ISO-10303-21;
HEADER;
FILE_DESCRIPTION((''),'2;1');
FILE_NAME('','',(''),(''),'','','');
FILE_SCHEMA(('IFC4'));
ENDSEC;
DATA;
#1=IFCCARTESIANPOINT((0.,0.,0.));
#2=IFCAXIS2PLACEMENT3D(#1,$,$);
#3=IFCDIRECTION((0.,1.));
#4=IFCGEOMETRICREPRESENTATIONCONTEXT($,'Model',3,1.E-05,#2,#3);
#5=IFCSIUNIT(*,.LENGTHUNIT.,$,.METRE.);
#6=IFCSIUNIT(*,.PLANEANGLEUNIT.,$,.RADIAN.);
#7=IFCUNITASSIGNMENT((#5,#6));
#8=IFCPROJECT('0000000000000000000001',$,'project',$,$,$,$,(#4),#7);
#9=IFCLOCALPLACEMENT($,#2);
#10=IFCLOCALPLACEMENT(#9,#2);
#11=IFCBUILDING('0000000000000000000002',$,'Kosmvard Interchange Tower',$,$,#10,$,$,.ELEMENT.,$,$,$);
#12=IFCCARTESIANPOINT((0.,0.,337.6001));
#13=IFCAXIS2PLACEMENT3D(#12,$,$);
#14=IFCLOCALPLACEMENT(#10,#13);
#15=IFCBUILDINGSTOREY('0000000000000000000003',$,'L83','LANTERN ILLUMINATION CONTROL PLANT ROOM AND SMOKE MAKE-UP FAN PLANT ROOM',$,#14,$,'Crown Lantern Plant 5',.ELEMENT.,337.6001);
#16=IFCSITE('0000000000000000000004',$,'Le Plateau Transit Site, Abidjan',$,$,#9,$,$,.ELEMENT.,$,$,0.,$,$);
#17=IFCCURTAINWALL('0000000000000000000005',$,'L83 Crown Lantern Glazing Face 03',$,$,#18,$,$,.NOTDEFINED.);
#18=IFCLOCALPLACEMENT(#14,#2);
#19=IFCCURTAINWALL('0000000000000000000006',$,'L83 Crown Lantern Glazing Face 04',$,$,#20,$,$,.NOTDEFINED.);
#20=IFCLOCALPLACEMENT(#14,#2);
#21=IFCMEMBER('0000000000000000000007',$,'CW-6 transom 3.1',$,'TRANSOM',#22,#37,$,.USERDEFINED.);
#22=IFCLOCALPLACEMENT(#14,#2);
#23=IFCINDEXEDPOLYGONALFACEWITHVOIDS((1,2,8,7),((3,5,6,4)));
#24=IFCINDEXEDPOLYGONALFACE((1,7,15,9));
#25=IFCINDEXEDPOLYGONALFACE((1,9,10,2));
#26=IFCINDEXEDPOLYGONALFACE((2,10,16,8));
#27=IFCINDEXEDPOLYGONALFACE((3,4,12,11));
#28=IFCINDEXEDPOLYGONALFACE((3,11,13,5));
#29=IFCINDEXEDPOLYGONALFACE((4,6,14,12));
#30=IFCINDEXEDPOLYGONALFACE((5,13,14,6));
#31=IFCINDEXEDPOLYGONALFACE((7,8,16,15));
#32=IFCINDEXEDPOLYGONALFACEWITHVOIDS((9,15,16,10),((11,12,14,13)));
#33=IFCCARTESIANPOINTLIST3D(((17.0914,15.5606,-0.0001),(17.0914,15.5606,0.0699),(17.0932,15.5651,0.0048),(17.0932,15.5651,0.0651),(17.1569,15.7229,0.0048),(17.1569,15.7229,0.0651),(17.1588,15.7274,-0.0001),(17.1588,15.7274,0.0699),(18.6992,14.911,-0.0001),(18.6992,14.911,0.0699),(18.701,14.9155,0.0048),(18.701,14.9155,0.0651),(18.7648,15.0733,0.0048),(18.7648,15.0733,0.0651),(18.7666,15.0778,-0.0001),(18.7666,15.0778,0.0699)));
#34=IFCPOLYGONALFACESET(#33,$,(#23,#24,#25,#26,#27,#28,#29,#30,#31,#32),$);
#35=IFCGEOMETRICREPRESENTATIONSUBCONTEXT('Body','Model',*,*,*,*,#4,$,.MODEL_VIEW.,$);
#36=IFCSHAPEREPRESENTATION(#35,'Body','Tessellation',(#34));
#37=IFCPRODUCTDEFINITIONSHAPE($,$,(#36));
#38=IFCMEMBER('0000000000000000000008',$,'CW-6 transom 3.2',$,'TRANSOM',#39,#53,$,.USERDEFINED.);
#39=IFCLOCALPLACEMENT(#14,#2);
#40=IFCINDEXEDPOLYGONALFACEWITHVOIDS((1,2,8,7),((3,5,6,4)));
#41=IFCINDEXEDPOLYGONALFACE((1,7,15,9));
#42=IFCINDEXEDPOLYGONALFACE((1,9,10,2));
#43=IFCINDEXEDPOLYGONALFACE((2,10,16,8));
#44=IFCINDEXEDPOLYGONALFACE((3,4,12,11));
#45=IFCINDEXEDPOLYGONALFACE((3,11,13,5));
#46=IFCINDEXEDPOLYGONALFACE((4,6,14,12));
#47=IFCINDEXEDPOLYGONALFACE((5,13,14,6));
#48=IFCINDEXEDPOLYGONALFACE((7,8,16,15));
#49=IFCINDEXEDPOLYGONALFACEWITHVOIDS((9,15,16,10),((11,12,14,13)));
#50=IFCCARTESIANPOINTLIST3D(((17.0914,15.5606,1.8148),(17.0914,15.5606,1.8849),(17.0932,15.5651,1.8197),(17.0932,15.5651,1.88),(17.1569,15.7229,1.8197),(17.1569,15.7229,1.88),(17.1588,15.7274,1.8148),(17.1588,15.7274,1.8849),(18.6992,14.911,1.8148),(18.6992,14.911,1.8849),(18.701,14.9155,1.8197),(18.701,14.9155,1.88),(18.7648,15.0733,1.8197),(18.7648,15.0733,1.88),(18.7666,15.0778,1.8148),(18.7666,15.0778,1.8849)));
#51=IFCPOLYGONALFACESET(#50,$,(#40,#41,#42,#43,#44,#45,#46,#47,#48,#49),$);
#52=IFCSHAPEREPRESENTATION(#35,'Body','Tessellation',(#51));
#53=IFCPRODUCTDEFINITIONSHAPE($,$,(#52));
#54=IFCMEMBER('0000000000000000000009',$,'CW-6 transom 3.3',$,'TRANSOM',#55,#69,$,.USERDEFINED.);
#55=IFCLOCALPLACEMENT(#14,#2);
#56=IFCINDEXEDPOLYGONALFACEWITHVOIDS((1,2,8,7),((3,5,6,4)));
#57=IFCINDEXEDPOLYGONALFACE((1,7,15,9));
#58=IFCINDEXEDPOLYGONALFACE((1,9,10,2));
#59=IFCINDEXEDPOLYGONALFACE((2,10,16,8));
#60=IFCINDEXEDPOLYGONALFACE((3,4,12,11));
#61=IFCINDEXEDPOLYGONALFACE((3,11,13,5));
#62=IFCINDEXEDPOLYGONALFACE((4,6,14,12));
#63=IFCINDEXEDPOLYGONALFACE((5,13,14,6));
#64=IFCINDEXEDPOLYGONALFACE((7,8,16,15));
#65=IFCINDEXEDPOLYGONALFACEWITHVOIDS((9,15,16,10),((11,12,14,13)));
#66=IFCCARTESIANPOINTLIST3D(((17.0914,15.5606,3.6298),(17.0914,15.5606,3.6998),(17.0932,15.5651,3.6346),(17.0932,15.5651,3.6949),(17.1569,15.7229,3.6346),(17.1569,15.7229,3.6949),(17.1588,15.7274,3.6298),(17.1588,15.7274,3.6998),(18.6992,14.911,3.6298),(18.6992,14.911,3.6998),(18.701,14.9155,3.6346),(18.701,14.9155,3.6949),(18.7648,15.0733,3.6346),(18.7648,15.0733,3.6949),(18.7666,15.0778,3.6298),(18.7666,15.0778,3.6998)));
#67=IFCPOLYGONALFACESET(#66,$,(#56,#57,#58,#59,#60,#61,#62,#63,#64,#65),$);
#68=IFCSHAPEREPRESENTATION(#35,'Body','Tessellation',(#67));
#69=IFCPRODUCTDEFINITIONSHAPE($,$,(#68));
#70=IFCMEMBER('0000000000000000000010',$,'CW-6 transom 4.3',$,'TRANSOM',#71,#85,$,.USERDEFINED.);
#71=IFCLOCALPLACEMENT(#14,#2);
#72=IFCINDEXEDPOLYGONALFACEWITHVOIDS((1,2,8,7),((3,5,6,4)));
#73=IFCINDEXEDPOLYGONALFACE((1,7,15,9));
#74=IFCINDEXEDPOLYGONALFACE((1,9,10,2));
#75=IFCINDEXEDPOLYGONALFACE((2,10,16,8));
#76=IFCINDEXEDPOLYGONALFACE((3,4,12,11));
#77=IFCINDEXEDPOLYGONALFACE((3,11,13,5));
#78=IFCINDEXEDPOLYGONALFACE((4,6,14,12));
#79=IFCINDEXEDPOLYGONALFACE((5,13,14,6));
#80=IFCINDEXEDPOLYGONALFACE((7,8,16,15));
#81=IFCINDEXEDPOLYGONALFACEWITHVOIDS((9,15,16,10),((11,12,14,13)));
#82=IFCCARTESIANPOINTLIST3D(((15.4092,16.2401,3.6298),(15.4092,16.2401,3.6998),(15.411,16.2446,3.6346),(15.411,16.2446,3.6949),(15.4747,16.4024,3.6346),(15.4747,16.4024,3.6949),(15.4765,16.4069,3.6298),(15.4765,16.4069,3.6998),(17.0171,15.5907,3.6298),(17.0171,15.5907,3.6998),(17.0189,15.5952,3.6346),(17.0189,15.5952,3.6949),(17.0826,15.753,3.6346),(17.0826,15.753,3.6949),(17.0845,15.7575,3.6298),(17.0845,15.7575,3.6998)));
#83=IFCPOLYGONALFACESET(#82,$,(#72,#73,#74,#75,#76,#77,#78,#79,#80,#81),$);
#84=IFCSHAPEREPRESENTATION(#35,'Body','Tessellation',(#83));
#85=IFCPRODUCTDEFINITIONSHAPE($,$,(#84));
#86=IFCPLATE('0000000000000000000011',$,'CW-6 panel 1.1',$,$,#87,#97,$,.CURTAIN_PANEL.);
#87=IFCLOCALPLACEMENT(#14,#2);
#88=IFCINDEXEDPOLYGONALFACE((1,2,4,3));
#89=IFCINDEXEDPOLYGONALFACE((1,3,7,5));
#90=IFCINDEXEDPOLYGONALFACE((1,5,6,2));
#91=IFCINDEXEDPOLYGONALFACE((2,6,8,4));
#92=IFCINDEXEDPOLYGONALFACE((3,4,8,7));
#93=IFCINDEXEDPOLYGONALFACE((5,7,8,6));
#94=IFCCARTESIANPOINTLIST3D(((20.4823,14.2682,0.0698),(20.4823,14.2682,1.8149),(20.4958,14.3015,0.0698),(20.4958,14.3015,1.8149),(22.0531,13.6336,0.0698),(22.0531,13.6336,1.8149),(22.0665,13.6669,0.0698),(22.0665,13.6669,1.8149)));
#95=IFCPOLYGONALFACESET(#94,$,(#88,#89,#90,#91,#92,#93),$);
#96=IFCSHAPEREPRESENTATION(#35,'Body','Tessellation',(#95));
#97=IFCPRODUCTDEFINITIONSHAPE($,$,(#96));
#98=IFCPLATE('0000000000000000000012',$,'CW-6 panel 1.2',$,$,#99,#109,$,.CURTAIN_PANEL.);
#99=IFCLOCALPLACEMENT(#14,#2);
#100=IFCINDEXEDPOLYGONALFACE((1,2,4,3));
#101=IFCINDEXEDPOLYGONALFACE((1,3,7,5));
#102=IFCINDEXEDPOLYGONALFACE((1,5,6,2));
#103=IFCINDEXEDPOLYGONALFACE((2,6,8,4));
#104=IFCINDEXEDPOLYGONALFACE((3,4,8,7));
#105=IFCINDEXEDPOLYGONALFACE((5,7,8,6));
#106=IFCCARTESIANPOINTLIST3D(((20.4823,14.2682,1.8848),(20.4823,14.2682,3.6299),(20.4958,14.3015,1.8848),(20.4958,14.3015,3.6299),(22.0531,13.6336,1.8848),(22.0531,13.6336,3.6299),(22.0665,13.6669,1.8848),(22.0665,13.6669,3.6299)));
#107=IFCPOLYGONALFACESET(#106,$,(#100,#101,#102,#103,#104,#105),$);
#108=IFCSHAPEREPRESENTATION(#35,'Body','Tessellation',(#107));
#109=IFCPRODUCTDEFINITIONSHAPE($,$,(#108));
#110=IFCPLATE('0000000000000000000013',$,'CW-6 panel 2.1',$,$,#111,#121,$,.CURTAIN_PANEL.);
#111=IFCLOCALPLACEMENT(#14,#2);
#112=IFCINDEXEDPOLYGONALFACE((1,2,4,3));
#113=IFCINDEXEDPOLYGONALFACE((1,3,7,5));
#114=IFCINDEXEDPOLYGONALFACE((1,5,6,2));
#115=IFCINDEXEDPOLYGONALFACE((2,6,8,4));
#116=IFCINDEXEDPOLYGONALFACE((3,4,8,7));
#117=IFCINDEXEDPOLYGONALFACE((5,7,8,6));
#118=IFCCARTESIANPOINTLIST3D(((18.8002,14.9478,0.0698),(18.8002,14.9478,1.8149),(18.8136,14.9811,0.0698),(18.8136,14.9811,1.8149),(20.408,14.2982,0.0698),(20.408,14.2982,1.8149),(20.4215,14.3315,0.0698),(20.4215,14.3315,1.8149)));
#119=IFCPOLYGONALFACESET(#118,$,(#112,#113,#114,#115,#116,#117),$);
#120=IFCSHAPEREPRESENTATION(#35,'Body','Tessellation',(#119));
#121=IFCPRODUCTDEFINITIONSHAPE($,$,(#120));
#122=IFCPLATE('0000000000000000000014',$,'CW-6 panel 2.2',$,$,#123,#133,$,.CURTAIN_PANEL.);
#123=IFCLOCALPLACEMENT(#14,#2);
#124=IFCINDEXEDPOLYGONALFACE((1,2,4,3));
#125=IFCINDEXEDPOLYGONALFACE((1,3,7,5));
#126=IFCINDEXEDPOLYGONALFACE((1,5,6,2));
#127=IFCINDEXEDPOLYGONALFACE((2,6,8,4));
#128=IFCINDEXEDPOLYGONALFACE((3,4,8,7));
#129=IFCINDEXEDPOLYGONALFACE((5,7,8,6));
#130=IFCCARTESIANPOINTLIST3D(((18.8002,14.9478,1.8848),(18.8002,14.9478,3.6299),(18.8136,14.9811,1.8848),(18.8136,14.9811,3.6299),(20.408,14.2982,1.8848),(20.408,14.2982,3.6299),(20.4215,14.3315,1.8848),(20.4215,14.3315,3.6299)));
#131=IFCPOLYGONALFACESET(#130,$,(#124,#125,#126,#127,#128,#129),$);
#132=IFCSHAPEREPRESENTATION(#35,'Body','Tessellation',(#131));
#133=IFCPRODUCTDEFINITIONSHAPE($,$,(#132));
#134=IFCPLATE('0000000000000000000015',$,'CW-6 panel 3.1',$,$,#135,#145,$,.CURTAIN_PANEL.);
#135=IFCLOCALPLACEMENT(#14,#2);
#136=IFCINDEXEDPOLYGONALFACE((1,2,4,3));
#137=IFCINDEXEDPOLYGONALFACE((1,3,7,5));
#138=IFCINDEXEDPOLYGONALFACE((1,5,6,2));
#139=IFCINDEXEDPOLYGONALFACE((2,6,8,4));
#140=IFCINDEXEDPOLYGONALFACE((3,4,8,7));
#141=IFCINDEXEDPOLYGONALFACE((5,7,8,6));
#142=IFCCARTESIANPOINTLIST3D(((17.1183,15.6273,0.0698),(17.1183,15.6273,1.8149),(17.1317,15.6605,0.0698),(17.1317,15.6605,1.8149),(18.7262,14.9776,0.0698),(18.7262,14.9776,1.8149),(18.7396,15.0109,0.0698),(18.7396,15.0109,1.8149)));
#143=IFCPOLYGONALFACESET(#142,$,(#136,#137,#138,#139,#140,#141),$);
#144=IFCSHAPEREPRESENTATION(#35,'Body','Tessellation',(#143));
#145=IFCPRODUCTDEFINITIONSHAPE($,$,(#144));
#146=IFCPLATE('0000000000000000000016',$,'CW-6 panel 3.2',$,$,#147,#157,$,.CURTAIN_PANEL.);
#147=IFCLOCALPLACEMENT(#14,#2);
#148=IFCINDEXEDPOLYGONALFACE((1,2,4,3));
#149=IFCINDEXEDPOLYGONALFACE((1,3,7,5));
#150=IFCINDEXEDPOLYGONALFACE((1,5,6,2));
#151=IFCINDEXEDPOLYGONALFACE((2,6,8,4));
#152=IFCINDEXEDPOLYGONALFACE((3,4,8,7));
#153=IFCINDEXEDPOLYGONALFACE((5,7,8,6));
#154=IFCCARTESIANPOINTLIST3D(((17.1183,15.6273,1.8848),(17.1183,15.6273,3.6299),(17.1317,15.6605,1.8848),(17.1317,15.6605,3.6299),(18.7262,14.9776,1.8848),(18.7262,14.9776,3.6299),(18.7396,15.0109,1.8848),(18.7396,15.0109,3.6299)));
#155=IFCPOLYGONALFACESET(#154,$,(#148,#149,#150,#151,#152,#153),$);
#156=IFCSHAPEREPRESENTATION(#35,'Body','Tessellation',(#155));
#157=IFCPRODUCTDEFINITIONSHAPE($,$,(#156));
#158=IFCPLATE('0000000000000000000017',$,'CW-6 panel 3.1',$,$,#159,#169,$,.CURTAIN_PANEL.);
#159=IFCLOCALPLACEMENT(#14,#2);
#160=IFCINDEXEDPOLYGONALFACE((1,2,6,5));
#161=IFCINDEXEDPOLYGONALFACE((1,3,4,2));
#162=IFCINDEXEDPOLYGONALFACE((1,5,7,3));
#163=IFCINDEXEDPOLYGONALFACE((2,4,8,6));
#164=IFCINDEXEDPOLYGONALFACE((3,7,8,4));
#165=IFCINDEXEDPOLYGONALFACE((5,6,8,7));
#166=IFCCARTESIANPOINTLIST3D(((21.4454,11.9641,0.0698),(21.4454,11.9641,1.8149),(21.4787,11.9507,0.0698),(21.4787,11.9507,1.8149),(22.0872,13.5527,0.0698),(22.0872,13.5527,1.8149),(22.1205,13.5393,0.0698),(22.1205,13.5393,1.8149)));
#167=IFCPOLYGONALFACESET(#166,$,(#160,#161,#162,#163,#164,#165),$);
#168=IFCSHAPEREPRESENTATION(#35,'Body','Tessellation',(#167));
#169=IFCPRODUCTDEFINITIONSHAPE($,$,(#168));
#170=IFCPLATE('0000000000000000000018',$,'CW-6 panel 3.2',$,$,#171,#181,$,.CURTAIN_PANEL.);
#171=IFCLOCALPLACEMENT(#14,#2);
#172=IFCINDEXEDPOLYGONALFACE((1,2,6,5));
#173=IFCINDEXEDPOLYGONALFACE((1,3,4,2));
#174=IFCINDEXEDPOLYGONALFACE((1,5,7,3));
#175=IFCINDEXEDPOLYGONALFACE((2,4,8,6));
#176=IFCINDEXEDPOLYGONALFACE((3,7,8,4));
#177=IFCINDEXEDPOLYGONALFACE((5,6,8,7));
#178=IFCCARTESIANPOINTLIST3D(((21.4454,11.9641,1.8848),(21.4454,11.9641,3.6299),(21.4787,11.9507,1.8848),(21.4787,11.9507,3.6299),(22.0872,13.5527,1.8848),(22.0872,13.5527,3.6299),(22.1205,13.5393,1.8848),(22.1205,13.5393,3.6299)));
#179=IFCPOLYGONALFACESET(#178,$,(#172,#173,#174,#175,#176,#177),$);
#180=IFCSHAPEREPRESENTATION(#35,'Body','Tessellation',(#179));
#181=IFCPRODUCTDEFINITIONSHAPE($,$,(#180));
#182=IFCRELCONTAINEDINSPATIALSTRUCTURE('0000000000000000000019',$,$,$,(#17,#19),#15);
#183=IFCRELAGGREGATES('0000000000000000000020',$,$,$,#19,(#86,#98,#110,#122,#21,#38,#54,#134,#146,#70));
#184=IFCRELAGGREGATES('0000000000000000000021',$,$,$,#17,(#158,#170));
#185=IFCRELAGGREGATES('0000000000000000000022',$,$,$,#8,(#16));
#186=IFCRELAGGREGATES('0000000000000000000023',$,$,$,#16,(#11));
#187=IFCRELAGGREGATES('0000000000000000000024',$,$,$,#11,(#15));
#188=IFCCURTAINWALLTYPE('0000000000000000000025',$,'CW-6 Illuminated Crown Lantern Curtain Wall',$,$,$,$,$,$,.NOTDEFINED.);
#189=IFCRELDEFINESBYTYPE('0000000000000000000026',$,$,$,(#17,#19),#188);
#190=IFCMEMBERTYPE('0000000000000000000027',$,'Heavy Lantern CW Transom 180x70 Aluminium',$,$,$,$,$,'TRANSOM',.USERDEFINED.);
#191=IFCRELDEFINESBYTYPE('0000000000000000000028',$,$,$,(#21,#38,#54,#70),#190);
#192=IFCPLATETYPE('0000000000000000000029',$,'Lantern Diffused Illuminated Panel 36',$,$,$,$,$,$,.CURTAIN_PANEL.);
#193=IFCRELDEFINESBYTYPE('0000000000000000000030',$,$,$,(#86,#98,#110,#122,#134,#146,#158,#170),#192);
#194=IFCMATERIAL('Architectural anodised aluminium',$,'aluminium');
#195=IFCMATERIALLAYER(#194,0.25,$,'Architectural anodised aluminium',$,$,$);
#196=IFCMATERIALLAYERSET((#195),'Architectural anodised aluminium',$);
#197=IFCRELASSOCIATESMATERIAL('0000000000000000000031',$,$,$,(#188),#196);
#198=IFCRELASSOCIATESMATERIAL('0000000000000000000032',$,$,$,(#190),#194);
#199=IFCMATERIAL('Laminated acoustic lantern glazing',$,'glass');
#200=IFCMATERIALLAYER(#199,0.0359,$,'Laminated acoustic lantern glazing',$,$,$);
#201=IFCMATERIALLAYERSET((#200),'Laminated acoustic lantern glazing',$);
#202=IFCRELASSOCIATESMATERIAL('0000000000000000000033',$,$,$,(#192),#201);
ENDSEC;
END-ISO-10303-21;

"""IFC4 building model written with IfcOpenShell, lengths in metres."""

from ifc_helpers import new_model, si_unit, direction, frame, origin, origin_2d, place, context, subcontext, project, spatial, rectangle, hollow_rectangle, extrude, source, transform, mapped, material, layer, layer_set, material_profile, profile_set, type_object, element, aggregate, save


model = new_model("IFC4")

# Units and contexts
model_context = context("Model", 3, precision=1e-05, world=origin(), true_north=direction((0.0, 1.0)))
body_context = subcontext(model_context, "Body", "Model", "MODEL_VIEW")
ifc_project = project(units=[si_unit("LENGTHUNIT", "METRE"), si_unit("PLANEANGLEUNIT", "RADIAN")], contexts=[model_context])

# Site, building, storey
site_placement = place(None, origin())
site = spatial("IfcSite", under=ifc_project, at=site_placement, Name="Le Plateau Transit Site, Abidjan", CompositionType="ELEMENT", RefElevation=0.0)
building_placement = place(site_placement, origin())
building = spatial("IfcBuilding", under=site, at=building_placement, Name="Kosmvard Interchange Tower", CompositionType="ELEMENT")
storey_placement = place(building_placement, frame((0.0, 0.0, 337.6001)))
storey = spatial("IfcBuildingStorey", under=building, at=storey_placement, Name="L83", Description="LANTERN ILLUMINATION CONTROL PLANT ROOM AND SMOKE MAKE-UP FAN PLANT ROOM", LongName="Crown Lantern Plant 5", CompositionType="ELEMENT", Elevation=337.6001)

# Curtain wall
ifc_material_1 = material(Name="Architectural anodised aluminium", Category="aluminium")
ifc_layer_1 = layer(ifc_material_1, 0.25, Name="Architectural anodised aluminium")
ifc_layer_set_1 = layer_set([ifc_layer_1], Name="Architectural anodised aluminium")
curtain_wall_type = type_object("IfcCurtainWallType", Name="CW-6 Illuminated Crown Lantern Curtain Wall", PredefinedType="NOTDEFINED", material=ifc_layer_set_1)
curtain_wall_1_placement = place(storey_placement, origin())
curtain_wall_1 = element("IfcCurtainWall", 1, at=curtain_wall_1_placement, inside=storey, type_object=curtain_wall_type, Name="L83 Crown Lantern Glazing Face 03", PredefinedType="NOTDEFINED")

# Curtain wall, members, plates
curtain_wall_2_placement = place(storey_placement, origin())
curtain_wall_2 = element("IfcCurtainWall", 2, at=curtain_wall_2_placement, inside=storey, type_object=curtain_wall_type, Name="L83 Crown Lantern Glazing Face 04", PredefinedType="NOTDEFINED")
ifc_material_profile_1 = material_profile(ifc_material_1, hollow_rectangle(XDim=0.1799, YDim=0.0701, WallThickness=0.0049, at=origin_2d()), Name="CWT 180x70x5")
ifc_profile_set_1 = profile_set([ifc_material_profile_1], Name="Architectural anodised aluminium")
member_type_1 = type_object("IfcMemberType", Name="Heavy Lantern CW Transom 180x70 Aluminium", ElementType="TRANSOM", PredefinedType="USERDEFINED", material=ifc_profile_set_1)
shared_shape_1 = source(origin(), body_context, "Body", "SweptSolid", [
    extrude(hollow_rectangle(XDim=0.1799, YDim=0.0701, WallThickness=0.0049, at=origin_2d()), origin(), (0.0, 0.0, 1.0), 1.7341),
])
member_1_placement = place(storey_placement, frame((18.7329, 14.9944, 0.0349), z_axis=(-0.92718, 0.374617, 0.0), x_axis=(-0.374617, -0.92718, 0.0)))
member_1 = element("IfcMember", 3, at=member_1_placement, type_object=member_type_1, Name="CW-6 transom 3.1", ObjectType="TRANSOM", PredefinedType="USERDEFINED", context=body_context, shape_type="MappedRepresentation", body=[
    mapped(shared_shape_1, transform((0.0, 0.0, 0.0), scale=1.0)),
])
member_2_placement = place(storey_placement, frame((18.7329, 14.9944, 1.8499), z_axis=(-0.92718, 0.374617, 0.0), x_axis=(-0.374617, -0.92718, 0.0)))
member_2 = element("IfcMember", 4, at=member_2_placement, type_object=member_type_1, Name="CW-6 transom 3.2", ObjectType="TRANSOM", PredefinedType="USERDEFINED", context=body_context, shape_type="MappedRepresentation", body=[
    mapped(shared_shape_1, transform((0.0, 0.0, 0.0), scale=1.0)),
])
member_3_placement = place(storey_placement, frame((18.7329, 14.9944, 3.6648), z_axis=(-0.92718, 0.374617, 0.0), x_axis=(-0.374617, -0.92718, 0.0)))
member_3 = element("IfcMember", 5, at=member_3_placement, type_object=member_type_1, Name="CW-6 transom 3.3", ObjectType="TRANSOM", PredefinedType="USERDEFINED", context=body_context, shape_type="MappedRepresentation", body=[
    mapped(shared_shape_1, transform((0.0, 0.0, 0.0), scale=1.0)),
])
member_4_placement = place(storey_placement, frame((17.0508, 15.6741, 3.6648), z_axis=(-0.927229, 0.374496, 0.0), x_axis=(-0.374496, -0.927229, 0.0)))
member_4 = element("IfcMember", 6, at=member_4_placement, type_object=member_type_1, Name="CW-6 transom 4.3", ObjectType="TRANSOM", PredefinedType="USERDEFINED", context=body_context, shape_type="MappedRepresentation", body=[
    mapped(shared_shape_1, transform((0.0, 0.0, 0.0), scale=1.0)),
])
ifc_material_2 = material(Name="Laminated acoustic lantern glazing", Category="glass")
ifc_layer_2 = layer(ifc_material_2, 0.0359, Name="Laminated acoustic lantern glazing")
ifc_layer_set_2 = layer_set([ifc_layer_2], Name="Laminated acoustic lantern glazing")
plate_type = type_object("IfcPlateType", Name="Lantern Diffused Illuminated Panel 36", PredefinedType="CURTAIN_PANEL", material=ifc_layer_set_2)
shared_shape_2 = source(origin(), body_context, "Body", "SweptSolid", [
    extrude(rectangle(XDim=1.6941, YDim=0.0359, at=origin_2d()), origin(), (0.0, 0.0, 1.0), 1.7451),
])
plate_1_placement = place(storey_placement, frame((21.2744, 13.9675, 0.0698), z_axis=(0.0, 0.0, 1.0), x_axis=(-0.927184, 0.374607, 0.0)))
plate_1 = element("IfcPlate", 7, at=plate_1_placement, type_object=plate_type, Name="CW-6 panel 1.1", PredefinedType="CURTAIN_PANEL", context=body_context, shape_type="MappedRepresentation", body=[
    mapped(shared_shape_2, transform((0.0, 0.0, 0.0), scale=1.0)),
])
plate_2_placement = place(storey_placement, frame((21.2744, 13.9675, 1.8848), z_axis=(0.0, 0.0, 1.0), x_axis=(-0.927184, 0.374607, 0.0)))
plate_2 = element("IfcPlate", 8, at=plate_2_placement, type_object=plate_type, Name="CW-6 panel 1.2", PredefinedType="CURTAIN_PANEL", context=body_context, shape_type="MappedRepresentation", body=[
    mapped(shared_shape_2, transform((0.0, 0.0, 0.0), scale=1.0)),
])
shared_shape_3 = source(origin(), body_context, "Body", "SweptSolid", [
    extrude(rectangle(XDim=1.7341, YDim=0.0359, at=origin_2d()), origin(), (0.0, 0.0, 1.0), 1.7451),
])
plate_3_placement = place(storey_placement, frame((19.6108, 14.6396, 0.0698), z_axis=(0.0, 0.0, 1.0), x_axis=(-0.927184, 0.374607, 0.0)))
plate_3 = element("IfcPlate", 9, at=plate_3_placement, type_object=plate_type, Name="CW-6 panel 2.1", PredefinedType="CURTAIN_PANEL", context=body_context, shape_type="MappedRepresentation", body=[
    mapped(shared_shape_3, transform((0.0, 0.0, 0.0), scale=1.0)),
])
plate_4_placement = place(storey_placement, frame((19.6108, 14.6396, 1.8848), z_axis=(0.0, 0.0, 1.0), x_axis=(-0.927184, 0.374607, 0.0)))
plate_4 = element("IfcPlate", 10, at=plate_4_placement, type_object=plate_type, Name="CW-6 panel 2.2", PredefinedType="CURTAIN_PANEL", context=body_context, shape_type="MappedRepresentation", body=[
    mapped(shared_shape_3, transform((0.0, 0.0, 0.0), scale=1.0)),
])
plate_5_placement = place(storey_placement, frame((17.929, 15.3191, 0.0698), z_axis=(0.0, 0.0, 1.0), x_axis=(-0.927184, 0.374607, 0.0)))
plate_5 = element("IfcPlate", 11, at=plate_5_placement, type_object=plate_type, Name="CW-6 panel 3.1", PredefinedType="CURTAIN_PANEL", context=body_context, shape_type="MappedRepresentation", body=[
    mapped(shared_shape_3, transform((0.0, 0.0, 0.0), scale=1.0)),
])
plate_6_placement = place(storey_placement, frame((17.929, 15.3191, 1.8848), z_axis=(0.0, 0.0, 1.0), x_axis=(-0.927184, 0.374607, 0.0)))
plate_6 = element("IfcPlate", 12, at=plate_6_placement, type_object=plate_type, Name="CW-6 panel 3.2", PredefinedType="CURTAIN_PANEL", context=body_context, shape_type="MappedRepresentation", body=[
    mapped(shared_shape_3, transform((0.0, 0.0, 0.0), scale=1.0)),
])
aggregate(curtain_wall_2, [plate_1, plate_2, plate_3, plate_4, member_1, member_2, member_3, plate_5, plate_6, member_4])

# Plates
shared_shape_4 = source(origin(), body_context, "Body", "SweptSolid", [
    extrude(rectangle(XDim=1.7134, YDim=0.0359, at=origin_2d()), origin(), (0.0, 0.0, 1.0), 1.7451),
])
plate_7_placement = place(storey_placement, frame((21.783, 12.7517, 0.0698), z_axis=(0.0, 0.0, 1.0), x_axis=(0.374607, 0.927184, 0.0)))
plate_7 = element("IfcPlate", 13, at=plate_7_placement, type_object=plate_type, Name="CW-6 panel 3.1", PredefinedType="CURTAIN_PANEL", context=body_context, shape_type="MappedRepresentation", body=[
    mapped(shared_shape_4, transform((0.0, 0.0, 0.0), scale=1.0)),
])
plate_8_placement = place(storey_placement, frame((21.783, 12.7517, 1.8848), z_axis=(0.0, 0.0, 1.0), x_axis=(0.374607, 0.927184, 0.0)))
plate_8 = element("IfcPlate", 14, at=plate_8_placement, type_object=plate_type, Name="CW-6 panel 3.2", PredefinedType="CURTAIN_PANEL", context=body_context, shape_type="MappedRepresentation", body=[
    mapped(shared_shape_4, transform((0.0, 0.0, 0.0), scale=1.0)),
])
aggregate(curtain_wall_1, [plate_7, plate_8])

save(model, "model.ifc")
